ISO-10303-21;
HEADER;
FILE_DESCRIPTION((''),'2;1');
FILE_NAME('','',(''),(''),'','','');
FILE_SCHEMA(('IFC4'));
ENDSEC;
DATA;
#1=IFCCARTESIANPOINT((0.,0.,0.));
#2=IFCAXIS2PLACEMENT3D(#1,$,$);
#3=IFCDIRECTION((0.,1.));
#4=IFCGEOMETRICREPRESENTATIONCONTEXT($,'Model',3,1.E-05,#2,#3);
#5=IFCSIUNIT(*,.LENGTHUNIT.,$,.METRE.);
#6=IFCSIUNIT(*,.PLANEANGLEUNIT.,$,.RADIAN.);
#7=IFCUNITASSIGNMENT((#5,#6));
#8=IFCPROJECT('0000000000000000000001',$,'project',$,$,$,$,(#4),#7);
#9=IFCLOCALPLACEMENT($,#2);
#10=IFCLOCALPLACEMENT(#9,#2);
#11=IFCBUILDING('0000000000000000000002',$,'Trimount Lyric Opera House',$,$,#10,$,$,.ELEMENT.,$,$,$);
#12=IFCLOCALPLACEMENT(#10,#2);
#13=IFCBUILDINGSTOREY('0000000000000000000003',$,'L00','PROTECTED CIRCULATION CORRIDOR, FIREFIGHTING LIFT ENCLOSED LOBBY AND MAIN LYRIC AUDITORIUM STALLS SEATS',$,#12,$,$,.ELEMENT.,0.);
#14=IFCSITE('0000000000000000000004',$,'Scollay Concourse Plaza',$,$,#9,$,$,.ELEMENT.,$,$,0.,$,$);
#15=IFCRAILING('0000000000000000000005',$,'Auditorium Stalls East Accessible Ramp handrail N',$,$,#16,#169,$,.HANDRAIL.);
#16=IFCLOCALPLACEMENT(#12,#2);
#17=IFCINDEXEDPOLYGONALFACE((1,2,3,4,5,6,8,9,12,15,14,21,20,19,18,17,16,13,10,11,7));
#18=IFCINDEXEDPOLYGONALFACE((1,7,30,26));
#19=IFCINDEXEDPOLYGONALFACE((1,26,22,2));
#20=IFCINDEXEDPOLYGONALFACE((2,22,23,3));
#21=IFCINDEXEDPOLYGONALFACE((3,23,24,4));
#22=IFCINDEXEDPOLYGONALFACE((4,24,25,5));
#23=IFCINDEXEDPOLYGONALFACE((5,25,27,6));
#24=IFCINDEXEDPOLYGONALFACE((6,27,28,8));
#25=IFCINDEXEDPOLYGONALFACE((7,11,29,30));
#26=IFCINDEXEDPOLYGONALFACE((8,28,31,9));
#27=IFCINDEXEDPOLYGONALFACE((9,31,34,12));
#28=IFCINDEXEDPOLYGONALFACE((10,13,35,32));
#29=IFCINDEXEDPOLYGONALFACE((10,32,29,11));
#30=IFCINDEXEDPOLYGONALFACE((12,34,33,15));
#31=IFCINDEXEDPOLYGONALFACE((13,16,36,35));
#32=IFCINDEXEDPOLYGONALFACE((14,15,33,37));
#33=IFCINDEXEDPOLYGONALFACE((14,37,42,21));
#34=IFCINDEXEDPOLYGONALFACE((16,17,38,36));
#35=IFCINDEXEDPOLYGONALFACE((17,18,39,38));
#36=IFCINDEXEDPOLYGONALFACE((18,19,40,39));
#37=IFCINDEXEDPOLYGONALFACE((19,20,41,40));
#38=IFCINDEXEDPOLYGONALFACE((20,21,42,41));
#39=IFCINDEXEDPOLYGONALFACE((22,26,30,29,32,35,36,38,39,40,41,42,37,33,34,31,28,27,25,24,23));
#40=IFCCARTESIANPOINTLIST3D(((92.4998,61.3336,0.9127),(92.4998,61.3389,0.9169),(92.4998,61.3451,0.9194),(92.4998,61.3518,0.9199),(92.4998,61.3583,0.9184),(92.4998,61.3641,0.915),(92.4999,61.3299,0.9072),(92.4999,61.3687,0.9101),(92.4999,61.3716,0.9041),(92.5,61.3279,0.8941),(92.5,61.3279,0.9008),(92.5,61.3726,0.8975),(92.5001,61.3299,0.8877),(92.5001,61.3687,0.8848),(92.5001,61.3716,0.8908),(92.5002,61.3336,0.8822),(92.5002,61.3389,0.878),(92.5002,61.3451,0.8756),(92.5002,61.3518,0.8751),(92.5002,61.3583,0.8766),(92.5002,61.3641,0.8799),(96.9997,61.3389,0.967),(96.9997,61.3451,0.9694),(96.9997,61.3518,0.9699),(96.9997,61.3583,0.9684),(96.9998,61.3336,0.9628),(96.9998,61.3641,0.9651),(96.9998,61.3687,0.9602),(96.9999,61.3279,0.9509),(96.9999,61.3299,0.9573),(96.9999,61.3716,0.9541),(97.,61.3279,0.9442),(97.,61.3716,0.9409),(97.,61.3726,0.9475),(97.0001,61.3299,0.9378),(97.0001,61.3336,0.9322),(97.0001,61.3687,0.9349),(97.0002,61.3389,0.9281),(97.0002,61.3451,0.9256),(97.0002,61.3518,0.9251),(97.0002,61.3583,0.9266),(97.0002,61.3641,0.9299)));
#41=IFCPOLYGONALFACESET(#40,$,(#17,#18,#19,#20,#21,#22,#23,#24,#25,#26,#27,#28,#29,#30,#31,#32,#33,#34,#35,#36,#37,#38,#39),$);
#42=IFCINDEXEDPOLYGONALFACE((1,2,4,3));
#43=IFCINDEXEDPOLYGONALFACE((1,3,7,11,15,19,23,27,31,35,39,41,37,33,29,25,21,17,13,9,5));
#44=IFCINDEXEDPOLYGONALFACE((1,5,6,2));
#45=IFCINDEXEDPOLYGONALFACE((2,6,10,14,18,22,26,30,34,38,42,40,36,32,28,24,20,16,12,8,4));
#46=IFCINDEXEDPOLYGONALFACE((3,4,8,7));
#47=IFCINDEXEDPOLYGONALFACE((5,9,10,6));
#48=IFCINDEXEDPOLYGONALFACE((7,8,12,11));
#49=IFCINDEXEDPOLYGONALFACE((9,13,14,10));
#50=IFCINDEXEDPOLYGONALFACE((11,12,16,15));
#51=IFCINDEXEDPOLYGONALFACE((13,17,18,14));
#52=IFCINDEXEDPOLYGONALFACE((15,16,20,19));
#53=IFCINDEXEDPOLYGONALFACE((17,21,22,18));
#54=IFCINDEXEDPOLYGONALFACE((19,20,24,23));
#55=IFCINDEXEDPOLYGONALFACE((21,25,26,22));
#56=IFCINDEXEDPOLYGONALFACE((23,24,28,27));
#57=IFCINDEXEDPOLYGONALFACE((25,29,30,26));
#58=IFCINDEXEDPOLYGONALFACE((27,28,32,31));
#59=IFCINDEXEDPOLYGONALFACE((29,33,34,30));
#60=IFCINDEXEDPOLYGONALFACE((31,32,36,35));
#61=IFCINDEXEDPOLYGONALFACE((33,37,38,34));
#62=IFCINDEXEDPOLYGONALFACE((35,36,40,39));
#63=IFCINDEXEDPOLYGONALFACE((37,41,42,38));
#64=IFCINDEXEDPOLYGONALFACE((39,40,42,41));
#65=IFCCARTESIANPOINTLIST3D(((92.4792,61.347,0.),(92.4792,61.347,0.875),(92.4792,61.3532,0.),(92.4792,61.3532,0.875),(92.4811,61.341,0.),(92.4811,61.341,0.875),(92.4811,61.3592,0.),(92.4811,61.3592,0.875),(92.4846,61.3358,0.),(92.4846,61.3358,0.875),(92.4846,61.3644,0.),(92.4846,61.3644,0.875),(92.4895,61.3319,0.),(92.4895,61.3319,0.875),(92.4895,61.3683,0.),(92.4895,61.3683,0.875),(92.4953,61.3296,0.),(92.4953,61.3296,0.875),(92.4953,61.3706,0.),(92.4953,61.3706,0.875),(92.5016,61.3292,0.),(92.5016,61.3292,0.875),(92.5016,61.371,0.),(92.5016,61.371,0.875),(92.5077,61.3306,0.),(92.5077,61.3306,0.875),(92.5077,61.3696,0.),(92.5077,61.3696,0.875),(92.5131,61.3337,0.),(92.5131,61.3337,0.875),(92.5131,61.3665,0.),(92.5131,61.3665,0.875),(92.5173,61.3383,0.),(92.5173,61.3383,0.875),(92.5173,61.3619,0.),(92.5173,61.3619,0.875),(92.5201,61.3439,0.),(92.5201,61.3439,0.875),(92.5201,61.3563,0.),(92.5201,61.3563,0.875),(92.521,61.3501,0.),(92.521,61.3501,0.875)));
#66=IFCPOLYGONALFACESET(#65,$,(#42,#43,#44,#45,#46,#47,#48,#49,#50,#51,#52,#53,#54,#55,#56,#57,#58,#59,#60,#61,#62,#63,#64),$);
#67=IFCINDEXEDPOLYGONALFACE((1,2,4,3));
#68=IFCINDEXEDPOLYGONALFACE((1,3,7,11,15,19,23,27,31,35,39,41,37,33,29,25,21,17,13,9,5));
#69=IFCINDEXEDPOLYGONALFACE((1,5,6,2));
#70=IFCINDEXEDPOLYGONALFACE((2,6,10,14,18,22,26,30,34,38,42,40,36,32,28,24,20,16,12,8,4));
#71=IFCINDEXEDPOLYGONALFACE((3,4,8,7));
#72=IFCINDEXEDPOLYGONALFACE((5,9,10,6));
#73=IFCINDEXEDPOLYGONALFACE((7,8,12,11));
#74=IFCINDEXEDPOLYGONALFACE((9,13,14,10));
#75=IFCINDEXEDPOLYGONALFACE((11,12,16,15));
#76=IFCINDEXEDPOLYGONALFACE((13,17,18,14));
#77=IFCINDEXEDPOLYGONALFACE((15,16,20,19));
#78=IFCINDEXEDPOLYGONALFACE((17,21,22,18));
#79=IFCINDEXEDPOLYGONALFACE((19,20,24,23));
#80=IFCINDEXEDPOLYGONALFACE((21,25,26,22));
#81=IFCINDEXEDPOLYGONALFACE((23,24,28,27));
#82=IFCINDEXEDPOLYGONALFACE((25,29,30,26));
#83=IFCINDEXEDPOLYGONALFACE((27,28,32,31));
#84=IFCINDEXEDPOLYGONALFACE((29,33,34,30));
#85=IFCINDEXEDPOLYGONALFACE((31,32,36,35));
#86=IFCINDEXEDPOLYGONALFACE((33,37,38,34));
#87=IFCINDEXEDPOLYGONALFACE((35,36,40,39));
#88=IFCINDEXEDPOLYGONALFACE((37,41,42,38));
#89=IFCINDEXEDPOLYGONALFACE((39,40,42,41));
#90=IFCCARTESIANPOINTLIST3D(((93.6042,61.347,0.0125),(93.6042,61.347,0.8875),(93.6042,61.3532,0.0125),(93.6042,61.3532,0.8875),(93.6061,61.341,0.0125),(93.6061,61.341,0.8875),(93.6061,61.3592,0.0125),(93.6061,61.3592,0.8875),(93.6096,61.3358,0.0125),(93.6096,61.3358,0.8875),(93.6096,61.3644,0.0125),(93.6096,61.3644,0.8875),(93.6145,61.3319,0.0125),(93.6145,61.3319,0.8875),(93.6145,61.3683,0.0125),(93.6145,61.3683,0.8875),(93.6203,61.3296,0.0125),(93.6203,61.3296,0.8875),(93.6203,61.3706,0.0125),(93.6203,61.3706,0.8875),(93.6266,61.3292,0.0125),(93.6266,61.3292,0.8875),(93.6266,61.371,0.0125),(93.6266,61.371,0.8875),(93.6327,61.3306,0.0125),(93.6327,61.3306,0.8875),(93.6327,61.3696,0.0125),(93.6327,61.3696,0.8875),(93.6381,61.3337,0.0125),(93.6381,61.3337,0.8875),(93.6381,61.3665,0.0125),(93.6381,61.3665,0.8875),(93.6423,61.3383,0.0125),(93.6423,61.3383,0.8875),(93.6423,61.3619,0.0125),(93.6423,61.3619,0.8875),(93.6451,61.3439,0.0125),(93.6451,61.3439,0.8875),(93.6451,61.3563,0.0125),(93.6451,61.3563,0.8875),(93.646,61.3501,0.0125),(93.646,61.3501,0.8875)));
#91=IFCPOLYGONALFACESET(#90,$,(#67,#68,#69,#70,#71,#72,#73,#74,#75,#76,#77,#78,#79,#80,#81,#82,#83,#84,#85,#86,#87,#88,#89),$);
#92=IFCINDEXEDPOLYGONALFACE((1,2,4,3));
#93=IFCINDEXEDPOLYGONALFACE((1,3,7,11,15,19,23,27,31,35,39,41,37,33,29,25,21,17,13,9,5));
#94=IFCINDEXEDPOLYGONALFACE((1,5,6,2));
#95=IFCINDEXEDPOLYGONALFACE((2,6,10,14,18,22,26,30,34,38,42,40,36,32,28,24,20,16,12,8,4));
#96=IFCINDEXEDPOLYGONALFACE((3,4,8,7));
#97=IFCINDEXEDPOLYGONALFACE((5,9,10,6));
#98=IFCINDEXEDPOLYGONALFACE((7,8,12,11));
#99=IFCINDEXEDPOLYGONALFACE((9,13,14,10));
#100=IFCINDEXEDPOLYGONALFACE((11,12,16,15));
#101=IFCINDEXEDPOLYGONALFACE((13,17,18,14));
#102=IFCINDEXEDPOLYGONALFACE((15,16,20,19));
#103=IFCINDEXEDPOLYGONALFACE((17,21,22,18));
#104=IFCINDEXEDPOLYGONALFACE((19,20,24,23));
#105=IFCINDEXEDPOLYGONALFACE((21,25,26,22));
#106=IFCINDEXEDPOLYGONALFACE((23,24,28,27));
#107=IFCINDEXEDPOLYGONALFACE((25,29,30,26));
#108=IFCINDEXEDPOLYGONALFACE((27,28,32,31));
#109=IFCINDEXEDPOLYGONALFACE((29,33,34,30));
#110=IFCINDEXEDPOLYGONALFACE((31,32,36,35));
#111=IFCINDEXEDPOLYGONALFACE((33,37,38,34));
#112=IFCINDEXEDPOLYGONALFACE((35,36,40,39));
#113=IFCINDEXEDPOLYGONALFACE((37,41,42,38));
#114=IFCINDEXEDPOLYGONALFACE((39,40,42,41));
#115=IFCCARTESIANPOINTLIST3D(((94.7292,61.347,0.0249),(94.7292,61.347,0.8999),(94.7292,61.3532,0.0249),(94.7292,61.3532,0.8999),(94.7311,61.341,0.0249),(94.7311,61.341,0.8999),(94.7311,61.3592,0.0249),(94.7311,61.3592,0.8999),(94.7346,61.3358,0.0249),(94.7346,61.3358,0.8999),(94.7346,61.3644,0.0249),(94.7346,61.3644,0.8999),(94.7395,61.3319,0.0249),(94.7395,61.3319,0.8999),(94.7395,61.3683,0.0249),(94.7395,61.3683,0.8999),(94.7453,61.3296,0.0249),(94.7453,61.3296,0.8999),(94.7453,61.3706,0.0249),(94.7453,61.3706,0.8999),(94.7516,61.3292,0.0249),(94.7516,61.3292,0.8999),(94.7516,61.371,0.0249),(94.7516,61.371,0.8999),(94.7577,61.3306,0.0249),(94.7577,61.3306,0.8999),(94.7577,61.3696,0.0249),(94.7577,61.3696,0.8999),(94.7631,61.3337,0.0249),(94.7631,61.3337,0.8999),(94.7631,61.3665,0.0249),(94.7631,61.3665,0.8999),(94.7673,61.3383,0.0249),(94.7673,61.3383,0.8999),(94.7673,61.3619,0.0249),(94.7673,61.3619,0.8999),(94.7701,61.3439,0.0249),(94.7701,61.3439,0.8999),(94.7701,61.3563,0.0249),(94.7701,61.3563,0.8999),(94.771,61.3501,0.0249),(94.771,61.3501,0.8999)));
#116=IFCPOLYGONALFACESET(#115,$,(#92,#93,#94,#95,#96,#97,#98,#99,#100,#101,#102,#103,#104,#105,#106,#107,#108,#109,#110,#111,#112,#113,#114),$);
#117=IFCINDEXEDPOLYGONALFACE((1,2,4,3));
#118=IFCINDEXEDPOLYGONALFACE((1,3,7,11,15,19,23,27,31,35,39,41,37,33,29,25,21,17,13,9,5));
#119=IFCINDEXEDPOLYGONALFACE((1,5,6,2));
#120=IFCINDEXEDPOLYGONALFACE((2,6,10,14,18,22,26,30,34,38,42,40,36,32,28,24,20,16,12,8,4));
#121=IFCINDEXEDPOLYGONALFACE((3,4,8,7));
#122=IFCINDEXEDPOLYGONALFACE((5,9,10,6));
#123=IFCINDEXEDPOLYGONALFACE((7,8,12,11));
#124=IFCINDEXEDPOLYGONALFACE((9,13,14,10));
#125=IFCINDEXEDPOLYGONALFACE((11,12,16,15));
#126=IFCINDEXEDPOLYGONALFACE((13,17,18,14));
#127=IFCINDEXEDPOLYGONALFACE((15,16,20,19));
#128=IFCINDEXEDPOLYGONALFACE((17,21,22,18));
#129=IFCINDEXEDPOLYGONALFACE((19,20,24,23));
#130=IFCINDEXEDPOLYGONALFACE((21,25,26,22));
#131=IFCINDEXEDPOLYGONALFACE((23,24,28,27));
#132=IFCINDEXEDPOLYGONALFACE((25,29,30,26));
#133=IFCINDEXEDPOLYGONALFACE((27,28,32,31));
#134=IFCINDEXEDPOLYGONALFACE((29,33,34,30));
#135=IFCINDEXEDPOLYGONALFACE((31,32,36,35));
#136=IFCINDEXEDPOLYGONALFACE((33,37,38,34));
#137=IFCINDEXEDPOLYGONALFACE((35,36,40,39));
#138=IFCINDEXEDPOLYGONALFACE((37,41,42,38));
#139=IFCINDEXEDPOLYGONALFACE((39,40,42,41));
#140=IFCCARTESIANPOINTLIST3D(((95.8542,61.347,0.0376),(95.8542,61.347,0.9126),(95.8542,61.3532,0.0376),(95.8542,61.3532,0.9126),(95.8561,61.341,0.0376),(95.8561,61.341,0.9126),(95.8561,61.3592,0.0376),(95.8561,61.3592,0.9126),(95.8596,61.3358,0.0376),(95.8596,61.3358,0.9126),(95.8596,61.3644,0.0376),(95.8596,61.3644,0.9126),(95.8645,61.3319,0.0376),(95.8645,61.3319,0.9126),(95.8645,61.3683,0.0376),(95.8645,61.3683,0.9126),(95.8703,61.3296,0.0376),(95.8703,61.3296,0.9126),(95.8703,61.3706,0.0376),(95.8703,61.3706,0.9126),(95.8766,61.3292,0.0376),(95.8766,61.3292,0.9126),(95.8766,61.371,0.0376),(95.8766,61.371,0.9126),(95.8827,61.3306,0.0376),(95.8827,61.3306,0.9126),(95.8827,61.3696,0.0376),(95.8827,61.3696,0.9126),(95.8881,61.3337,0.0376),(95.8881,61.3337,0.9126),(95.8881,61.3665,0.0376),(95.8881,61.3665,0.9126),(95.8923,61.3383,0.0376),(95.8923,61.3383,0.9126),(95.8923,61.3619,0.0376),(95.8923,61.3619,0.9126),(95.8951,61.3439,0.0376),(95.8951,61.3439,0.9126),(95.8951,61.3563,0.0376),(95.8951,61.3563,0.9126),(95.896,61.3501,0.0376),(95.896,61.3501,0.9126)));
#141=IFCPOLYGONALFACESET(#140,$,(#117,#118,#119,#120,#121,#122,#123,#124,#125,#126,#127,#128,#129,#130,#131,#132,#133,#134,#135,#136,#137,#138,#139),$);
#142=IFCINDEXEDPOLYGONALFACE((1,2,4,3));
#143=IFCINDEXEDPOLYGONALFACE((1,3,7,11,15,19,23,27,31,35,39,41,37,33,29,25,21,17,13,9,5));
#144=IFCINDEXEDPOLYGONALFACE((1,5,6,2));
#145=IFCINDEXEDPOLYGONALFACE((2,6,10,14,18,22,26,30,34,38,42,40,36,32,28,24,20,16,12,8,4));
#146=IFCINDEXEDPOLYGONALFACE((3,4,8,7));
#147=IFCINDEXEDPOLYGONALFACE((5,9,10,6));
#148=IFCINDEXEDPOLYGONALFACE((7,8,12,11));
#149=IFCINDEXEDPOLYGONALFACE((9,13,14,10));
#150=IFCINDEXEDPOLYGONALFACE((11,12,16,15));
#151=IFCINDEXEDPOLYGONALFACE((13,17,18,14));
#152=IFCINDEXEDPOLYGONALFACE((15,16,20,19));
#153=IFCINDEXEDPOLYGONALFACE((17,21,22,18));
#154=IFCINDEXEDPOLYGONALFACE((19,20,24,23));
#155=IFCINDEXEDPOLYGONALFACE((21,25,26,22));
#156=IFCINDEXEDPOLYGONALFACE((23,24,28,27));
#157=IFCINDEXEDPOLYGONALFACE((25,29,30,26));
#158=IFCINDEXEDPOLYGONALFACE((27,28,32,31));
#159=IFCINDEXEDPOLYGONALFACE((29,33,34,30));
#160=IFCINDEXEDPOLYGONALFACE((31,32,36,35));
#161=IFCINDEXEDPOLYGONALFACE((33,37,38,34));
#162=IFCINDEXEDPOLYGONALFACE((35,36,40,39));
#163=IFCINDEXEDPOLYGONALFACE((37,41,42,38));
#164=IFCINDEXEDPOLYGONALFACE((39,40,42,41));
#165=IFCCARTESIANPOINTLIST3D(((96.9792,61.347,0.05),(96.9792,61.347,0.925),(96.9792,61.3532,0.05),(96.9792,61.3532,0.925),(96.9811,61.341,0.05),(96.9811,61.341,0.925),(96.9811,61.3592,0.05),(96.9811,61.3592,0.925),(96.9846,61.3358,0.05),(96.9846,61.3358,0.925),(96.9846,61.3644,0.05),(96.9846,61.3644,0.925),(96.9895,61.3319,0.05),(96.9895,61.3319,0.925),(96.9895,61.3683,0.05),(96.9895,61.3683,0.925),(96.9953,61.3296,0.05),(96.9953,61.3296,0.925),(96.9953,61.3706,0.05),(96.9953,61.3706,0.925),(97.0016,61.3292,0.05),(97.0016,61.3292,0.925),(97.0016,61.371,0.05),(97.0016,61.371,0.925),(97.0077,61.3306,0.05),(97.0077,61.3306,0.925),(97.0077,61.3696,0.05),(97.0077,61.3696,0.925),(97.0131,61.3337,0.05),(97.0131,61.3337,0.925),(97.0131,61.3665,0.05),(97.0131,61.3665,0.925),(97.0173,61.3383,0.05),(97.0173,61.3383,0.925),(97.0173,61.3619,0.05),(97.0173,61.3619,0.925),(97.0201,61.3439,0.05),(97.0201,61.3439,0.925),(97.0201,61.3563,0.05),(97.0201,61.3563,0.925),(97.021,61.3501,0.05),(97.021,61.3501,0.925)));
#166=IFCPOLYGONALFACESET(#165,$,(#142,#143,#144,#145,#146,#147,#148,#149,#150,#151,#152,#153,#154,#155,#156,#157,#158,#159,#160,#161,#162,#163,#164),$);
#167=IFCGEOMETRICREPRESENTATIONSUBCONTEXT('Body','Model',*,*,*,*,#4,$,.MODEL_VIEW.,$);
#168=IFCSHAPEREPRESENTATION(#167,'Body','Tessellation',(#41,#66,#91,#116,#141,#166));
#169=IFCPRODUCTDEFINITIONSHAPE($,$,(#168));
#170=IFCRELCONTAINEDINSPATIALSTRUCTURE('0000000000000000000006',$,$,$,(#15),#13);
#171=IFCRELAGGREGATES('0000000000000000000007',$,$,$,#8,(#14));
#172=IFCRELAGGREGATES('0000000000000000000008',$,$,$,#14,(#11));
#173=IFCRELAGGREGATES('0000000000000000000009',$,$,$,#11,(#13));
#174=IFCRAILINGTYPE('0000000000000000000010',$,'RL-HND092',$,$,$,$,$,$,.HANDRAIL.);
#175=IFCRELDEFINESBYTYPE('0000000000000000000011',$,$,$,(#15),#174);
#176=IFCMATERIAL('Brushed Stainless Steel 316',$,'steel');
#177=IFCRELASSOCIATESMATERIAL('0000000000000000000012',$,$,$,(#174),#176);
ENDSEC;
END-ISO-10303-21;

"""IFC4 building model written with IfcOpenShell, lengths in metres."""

from ifc_helpers import new_model, si_unit, direction, frame, origin, origin_2d, place, context, subcontext, project, spatial, circle, extrude, material, type_object, element, save


model = new_model("IFC4")

# Units and contexts
model_context = context("Model", 3, precision=1e-05, world=origin(), true_north=direction((0.0, 1.0)))
body_context = subcontext(model_context, "Body", "Model", "MODEL_VIEW")
ifc_project = project(units=[si_unit("LENGTHUNIT", "METRE"), si_unit("PLANEANGLEUNIT", "RADIAN")], contexts=[model_context])

# Site, building, storey
site_placement = place(None, origin())
site = spatial("IfcSite", under=ifc_project, at=site_placement, Name="Scollay Concourse Plaza", CompositionType="ELEMENT", RefElevation=0.0)
building_placement = place(site_placement, origin())
building = spatial("IfcBuilding", under=site, at=building_placement, Name="Trimount Lyric Opera House", CompositionType="ELEMENT")
storey_placement = place(building_placement, origin())
storey = spatial("IfcBuildingStorey", under=building, at=storey_placement, Name="L00", Description="PROTECTED CIRCULATION CORRIDOR, FIREFIGHTING LIFT ENCLOSED LOBBY AND MAIN LYRIC AUDITORIUM STALLS SEATS", CompositionType="ELEMENT", Elevation=0.0)

# Railing
ifc_material_1 = material(Name="Brushed Stainless Steel 316", Category="steel")
railing_type = type_object("IfcRailingType", Name="RL-HND092", PredefinedType="HANDRAIL", material=ifc_material_1)
for number, where, name in (
    (1, (92.5, 61.3501, 0.0), "Auditorium Stalls East Accessible Ramp handrail N"),
):
    element("IfcRailing", number, at=place(storey_placement, frame(where)), inside=storey, type_object=railing_type, Name=name, PredefinedType="HANDRAIL", context=body_context, shape_type="SweptSolid", body=[
        extrude(circle(Radius=0.0225, at=origin_2d()), frame((0.0, 0.0, 0.8975), z_axis=(0.999938, 0.0, 0.011121), x_axis=(0.0, 1.0, 0.0)), (0.0, 0.0, 1.0), 4.5002),
        extrude(circle(Radius=0.021, at=origin_2d()), origin(), (0.0, 0.0, 1.0), 0.875),
        extrude(circle(Radius=0.021, at=origin_2d()), frame((1.125, 0.0, 0.0125)), (0.0, 0.0, 1.0), 0.875),
        extrude(circle(Radius=0.021, at=origin_2d()), frame((2.25, 0.0, 0.0249)), (0.0, 0.0, 1.0), 0.875),
        extrude(circle(Radius=0.021, at=origin_2d()), frame((3.375, 0.0, 0.0376)), (0.0, 0.0, 1.0), 0.875),
        extrude(circle(Radius=0.021, at=origin_2d()), frame((4.5, 0.0, 0.05)), (0.0, 0.0, 1.0), 0.875),
    ])

save(model, "model.ifc")
